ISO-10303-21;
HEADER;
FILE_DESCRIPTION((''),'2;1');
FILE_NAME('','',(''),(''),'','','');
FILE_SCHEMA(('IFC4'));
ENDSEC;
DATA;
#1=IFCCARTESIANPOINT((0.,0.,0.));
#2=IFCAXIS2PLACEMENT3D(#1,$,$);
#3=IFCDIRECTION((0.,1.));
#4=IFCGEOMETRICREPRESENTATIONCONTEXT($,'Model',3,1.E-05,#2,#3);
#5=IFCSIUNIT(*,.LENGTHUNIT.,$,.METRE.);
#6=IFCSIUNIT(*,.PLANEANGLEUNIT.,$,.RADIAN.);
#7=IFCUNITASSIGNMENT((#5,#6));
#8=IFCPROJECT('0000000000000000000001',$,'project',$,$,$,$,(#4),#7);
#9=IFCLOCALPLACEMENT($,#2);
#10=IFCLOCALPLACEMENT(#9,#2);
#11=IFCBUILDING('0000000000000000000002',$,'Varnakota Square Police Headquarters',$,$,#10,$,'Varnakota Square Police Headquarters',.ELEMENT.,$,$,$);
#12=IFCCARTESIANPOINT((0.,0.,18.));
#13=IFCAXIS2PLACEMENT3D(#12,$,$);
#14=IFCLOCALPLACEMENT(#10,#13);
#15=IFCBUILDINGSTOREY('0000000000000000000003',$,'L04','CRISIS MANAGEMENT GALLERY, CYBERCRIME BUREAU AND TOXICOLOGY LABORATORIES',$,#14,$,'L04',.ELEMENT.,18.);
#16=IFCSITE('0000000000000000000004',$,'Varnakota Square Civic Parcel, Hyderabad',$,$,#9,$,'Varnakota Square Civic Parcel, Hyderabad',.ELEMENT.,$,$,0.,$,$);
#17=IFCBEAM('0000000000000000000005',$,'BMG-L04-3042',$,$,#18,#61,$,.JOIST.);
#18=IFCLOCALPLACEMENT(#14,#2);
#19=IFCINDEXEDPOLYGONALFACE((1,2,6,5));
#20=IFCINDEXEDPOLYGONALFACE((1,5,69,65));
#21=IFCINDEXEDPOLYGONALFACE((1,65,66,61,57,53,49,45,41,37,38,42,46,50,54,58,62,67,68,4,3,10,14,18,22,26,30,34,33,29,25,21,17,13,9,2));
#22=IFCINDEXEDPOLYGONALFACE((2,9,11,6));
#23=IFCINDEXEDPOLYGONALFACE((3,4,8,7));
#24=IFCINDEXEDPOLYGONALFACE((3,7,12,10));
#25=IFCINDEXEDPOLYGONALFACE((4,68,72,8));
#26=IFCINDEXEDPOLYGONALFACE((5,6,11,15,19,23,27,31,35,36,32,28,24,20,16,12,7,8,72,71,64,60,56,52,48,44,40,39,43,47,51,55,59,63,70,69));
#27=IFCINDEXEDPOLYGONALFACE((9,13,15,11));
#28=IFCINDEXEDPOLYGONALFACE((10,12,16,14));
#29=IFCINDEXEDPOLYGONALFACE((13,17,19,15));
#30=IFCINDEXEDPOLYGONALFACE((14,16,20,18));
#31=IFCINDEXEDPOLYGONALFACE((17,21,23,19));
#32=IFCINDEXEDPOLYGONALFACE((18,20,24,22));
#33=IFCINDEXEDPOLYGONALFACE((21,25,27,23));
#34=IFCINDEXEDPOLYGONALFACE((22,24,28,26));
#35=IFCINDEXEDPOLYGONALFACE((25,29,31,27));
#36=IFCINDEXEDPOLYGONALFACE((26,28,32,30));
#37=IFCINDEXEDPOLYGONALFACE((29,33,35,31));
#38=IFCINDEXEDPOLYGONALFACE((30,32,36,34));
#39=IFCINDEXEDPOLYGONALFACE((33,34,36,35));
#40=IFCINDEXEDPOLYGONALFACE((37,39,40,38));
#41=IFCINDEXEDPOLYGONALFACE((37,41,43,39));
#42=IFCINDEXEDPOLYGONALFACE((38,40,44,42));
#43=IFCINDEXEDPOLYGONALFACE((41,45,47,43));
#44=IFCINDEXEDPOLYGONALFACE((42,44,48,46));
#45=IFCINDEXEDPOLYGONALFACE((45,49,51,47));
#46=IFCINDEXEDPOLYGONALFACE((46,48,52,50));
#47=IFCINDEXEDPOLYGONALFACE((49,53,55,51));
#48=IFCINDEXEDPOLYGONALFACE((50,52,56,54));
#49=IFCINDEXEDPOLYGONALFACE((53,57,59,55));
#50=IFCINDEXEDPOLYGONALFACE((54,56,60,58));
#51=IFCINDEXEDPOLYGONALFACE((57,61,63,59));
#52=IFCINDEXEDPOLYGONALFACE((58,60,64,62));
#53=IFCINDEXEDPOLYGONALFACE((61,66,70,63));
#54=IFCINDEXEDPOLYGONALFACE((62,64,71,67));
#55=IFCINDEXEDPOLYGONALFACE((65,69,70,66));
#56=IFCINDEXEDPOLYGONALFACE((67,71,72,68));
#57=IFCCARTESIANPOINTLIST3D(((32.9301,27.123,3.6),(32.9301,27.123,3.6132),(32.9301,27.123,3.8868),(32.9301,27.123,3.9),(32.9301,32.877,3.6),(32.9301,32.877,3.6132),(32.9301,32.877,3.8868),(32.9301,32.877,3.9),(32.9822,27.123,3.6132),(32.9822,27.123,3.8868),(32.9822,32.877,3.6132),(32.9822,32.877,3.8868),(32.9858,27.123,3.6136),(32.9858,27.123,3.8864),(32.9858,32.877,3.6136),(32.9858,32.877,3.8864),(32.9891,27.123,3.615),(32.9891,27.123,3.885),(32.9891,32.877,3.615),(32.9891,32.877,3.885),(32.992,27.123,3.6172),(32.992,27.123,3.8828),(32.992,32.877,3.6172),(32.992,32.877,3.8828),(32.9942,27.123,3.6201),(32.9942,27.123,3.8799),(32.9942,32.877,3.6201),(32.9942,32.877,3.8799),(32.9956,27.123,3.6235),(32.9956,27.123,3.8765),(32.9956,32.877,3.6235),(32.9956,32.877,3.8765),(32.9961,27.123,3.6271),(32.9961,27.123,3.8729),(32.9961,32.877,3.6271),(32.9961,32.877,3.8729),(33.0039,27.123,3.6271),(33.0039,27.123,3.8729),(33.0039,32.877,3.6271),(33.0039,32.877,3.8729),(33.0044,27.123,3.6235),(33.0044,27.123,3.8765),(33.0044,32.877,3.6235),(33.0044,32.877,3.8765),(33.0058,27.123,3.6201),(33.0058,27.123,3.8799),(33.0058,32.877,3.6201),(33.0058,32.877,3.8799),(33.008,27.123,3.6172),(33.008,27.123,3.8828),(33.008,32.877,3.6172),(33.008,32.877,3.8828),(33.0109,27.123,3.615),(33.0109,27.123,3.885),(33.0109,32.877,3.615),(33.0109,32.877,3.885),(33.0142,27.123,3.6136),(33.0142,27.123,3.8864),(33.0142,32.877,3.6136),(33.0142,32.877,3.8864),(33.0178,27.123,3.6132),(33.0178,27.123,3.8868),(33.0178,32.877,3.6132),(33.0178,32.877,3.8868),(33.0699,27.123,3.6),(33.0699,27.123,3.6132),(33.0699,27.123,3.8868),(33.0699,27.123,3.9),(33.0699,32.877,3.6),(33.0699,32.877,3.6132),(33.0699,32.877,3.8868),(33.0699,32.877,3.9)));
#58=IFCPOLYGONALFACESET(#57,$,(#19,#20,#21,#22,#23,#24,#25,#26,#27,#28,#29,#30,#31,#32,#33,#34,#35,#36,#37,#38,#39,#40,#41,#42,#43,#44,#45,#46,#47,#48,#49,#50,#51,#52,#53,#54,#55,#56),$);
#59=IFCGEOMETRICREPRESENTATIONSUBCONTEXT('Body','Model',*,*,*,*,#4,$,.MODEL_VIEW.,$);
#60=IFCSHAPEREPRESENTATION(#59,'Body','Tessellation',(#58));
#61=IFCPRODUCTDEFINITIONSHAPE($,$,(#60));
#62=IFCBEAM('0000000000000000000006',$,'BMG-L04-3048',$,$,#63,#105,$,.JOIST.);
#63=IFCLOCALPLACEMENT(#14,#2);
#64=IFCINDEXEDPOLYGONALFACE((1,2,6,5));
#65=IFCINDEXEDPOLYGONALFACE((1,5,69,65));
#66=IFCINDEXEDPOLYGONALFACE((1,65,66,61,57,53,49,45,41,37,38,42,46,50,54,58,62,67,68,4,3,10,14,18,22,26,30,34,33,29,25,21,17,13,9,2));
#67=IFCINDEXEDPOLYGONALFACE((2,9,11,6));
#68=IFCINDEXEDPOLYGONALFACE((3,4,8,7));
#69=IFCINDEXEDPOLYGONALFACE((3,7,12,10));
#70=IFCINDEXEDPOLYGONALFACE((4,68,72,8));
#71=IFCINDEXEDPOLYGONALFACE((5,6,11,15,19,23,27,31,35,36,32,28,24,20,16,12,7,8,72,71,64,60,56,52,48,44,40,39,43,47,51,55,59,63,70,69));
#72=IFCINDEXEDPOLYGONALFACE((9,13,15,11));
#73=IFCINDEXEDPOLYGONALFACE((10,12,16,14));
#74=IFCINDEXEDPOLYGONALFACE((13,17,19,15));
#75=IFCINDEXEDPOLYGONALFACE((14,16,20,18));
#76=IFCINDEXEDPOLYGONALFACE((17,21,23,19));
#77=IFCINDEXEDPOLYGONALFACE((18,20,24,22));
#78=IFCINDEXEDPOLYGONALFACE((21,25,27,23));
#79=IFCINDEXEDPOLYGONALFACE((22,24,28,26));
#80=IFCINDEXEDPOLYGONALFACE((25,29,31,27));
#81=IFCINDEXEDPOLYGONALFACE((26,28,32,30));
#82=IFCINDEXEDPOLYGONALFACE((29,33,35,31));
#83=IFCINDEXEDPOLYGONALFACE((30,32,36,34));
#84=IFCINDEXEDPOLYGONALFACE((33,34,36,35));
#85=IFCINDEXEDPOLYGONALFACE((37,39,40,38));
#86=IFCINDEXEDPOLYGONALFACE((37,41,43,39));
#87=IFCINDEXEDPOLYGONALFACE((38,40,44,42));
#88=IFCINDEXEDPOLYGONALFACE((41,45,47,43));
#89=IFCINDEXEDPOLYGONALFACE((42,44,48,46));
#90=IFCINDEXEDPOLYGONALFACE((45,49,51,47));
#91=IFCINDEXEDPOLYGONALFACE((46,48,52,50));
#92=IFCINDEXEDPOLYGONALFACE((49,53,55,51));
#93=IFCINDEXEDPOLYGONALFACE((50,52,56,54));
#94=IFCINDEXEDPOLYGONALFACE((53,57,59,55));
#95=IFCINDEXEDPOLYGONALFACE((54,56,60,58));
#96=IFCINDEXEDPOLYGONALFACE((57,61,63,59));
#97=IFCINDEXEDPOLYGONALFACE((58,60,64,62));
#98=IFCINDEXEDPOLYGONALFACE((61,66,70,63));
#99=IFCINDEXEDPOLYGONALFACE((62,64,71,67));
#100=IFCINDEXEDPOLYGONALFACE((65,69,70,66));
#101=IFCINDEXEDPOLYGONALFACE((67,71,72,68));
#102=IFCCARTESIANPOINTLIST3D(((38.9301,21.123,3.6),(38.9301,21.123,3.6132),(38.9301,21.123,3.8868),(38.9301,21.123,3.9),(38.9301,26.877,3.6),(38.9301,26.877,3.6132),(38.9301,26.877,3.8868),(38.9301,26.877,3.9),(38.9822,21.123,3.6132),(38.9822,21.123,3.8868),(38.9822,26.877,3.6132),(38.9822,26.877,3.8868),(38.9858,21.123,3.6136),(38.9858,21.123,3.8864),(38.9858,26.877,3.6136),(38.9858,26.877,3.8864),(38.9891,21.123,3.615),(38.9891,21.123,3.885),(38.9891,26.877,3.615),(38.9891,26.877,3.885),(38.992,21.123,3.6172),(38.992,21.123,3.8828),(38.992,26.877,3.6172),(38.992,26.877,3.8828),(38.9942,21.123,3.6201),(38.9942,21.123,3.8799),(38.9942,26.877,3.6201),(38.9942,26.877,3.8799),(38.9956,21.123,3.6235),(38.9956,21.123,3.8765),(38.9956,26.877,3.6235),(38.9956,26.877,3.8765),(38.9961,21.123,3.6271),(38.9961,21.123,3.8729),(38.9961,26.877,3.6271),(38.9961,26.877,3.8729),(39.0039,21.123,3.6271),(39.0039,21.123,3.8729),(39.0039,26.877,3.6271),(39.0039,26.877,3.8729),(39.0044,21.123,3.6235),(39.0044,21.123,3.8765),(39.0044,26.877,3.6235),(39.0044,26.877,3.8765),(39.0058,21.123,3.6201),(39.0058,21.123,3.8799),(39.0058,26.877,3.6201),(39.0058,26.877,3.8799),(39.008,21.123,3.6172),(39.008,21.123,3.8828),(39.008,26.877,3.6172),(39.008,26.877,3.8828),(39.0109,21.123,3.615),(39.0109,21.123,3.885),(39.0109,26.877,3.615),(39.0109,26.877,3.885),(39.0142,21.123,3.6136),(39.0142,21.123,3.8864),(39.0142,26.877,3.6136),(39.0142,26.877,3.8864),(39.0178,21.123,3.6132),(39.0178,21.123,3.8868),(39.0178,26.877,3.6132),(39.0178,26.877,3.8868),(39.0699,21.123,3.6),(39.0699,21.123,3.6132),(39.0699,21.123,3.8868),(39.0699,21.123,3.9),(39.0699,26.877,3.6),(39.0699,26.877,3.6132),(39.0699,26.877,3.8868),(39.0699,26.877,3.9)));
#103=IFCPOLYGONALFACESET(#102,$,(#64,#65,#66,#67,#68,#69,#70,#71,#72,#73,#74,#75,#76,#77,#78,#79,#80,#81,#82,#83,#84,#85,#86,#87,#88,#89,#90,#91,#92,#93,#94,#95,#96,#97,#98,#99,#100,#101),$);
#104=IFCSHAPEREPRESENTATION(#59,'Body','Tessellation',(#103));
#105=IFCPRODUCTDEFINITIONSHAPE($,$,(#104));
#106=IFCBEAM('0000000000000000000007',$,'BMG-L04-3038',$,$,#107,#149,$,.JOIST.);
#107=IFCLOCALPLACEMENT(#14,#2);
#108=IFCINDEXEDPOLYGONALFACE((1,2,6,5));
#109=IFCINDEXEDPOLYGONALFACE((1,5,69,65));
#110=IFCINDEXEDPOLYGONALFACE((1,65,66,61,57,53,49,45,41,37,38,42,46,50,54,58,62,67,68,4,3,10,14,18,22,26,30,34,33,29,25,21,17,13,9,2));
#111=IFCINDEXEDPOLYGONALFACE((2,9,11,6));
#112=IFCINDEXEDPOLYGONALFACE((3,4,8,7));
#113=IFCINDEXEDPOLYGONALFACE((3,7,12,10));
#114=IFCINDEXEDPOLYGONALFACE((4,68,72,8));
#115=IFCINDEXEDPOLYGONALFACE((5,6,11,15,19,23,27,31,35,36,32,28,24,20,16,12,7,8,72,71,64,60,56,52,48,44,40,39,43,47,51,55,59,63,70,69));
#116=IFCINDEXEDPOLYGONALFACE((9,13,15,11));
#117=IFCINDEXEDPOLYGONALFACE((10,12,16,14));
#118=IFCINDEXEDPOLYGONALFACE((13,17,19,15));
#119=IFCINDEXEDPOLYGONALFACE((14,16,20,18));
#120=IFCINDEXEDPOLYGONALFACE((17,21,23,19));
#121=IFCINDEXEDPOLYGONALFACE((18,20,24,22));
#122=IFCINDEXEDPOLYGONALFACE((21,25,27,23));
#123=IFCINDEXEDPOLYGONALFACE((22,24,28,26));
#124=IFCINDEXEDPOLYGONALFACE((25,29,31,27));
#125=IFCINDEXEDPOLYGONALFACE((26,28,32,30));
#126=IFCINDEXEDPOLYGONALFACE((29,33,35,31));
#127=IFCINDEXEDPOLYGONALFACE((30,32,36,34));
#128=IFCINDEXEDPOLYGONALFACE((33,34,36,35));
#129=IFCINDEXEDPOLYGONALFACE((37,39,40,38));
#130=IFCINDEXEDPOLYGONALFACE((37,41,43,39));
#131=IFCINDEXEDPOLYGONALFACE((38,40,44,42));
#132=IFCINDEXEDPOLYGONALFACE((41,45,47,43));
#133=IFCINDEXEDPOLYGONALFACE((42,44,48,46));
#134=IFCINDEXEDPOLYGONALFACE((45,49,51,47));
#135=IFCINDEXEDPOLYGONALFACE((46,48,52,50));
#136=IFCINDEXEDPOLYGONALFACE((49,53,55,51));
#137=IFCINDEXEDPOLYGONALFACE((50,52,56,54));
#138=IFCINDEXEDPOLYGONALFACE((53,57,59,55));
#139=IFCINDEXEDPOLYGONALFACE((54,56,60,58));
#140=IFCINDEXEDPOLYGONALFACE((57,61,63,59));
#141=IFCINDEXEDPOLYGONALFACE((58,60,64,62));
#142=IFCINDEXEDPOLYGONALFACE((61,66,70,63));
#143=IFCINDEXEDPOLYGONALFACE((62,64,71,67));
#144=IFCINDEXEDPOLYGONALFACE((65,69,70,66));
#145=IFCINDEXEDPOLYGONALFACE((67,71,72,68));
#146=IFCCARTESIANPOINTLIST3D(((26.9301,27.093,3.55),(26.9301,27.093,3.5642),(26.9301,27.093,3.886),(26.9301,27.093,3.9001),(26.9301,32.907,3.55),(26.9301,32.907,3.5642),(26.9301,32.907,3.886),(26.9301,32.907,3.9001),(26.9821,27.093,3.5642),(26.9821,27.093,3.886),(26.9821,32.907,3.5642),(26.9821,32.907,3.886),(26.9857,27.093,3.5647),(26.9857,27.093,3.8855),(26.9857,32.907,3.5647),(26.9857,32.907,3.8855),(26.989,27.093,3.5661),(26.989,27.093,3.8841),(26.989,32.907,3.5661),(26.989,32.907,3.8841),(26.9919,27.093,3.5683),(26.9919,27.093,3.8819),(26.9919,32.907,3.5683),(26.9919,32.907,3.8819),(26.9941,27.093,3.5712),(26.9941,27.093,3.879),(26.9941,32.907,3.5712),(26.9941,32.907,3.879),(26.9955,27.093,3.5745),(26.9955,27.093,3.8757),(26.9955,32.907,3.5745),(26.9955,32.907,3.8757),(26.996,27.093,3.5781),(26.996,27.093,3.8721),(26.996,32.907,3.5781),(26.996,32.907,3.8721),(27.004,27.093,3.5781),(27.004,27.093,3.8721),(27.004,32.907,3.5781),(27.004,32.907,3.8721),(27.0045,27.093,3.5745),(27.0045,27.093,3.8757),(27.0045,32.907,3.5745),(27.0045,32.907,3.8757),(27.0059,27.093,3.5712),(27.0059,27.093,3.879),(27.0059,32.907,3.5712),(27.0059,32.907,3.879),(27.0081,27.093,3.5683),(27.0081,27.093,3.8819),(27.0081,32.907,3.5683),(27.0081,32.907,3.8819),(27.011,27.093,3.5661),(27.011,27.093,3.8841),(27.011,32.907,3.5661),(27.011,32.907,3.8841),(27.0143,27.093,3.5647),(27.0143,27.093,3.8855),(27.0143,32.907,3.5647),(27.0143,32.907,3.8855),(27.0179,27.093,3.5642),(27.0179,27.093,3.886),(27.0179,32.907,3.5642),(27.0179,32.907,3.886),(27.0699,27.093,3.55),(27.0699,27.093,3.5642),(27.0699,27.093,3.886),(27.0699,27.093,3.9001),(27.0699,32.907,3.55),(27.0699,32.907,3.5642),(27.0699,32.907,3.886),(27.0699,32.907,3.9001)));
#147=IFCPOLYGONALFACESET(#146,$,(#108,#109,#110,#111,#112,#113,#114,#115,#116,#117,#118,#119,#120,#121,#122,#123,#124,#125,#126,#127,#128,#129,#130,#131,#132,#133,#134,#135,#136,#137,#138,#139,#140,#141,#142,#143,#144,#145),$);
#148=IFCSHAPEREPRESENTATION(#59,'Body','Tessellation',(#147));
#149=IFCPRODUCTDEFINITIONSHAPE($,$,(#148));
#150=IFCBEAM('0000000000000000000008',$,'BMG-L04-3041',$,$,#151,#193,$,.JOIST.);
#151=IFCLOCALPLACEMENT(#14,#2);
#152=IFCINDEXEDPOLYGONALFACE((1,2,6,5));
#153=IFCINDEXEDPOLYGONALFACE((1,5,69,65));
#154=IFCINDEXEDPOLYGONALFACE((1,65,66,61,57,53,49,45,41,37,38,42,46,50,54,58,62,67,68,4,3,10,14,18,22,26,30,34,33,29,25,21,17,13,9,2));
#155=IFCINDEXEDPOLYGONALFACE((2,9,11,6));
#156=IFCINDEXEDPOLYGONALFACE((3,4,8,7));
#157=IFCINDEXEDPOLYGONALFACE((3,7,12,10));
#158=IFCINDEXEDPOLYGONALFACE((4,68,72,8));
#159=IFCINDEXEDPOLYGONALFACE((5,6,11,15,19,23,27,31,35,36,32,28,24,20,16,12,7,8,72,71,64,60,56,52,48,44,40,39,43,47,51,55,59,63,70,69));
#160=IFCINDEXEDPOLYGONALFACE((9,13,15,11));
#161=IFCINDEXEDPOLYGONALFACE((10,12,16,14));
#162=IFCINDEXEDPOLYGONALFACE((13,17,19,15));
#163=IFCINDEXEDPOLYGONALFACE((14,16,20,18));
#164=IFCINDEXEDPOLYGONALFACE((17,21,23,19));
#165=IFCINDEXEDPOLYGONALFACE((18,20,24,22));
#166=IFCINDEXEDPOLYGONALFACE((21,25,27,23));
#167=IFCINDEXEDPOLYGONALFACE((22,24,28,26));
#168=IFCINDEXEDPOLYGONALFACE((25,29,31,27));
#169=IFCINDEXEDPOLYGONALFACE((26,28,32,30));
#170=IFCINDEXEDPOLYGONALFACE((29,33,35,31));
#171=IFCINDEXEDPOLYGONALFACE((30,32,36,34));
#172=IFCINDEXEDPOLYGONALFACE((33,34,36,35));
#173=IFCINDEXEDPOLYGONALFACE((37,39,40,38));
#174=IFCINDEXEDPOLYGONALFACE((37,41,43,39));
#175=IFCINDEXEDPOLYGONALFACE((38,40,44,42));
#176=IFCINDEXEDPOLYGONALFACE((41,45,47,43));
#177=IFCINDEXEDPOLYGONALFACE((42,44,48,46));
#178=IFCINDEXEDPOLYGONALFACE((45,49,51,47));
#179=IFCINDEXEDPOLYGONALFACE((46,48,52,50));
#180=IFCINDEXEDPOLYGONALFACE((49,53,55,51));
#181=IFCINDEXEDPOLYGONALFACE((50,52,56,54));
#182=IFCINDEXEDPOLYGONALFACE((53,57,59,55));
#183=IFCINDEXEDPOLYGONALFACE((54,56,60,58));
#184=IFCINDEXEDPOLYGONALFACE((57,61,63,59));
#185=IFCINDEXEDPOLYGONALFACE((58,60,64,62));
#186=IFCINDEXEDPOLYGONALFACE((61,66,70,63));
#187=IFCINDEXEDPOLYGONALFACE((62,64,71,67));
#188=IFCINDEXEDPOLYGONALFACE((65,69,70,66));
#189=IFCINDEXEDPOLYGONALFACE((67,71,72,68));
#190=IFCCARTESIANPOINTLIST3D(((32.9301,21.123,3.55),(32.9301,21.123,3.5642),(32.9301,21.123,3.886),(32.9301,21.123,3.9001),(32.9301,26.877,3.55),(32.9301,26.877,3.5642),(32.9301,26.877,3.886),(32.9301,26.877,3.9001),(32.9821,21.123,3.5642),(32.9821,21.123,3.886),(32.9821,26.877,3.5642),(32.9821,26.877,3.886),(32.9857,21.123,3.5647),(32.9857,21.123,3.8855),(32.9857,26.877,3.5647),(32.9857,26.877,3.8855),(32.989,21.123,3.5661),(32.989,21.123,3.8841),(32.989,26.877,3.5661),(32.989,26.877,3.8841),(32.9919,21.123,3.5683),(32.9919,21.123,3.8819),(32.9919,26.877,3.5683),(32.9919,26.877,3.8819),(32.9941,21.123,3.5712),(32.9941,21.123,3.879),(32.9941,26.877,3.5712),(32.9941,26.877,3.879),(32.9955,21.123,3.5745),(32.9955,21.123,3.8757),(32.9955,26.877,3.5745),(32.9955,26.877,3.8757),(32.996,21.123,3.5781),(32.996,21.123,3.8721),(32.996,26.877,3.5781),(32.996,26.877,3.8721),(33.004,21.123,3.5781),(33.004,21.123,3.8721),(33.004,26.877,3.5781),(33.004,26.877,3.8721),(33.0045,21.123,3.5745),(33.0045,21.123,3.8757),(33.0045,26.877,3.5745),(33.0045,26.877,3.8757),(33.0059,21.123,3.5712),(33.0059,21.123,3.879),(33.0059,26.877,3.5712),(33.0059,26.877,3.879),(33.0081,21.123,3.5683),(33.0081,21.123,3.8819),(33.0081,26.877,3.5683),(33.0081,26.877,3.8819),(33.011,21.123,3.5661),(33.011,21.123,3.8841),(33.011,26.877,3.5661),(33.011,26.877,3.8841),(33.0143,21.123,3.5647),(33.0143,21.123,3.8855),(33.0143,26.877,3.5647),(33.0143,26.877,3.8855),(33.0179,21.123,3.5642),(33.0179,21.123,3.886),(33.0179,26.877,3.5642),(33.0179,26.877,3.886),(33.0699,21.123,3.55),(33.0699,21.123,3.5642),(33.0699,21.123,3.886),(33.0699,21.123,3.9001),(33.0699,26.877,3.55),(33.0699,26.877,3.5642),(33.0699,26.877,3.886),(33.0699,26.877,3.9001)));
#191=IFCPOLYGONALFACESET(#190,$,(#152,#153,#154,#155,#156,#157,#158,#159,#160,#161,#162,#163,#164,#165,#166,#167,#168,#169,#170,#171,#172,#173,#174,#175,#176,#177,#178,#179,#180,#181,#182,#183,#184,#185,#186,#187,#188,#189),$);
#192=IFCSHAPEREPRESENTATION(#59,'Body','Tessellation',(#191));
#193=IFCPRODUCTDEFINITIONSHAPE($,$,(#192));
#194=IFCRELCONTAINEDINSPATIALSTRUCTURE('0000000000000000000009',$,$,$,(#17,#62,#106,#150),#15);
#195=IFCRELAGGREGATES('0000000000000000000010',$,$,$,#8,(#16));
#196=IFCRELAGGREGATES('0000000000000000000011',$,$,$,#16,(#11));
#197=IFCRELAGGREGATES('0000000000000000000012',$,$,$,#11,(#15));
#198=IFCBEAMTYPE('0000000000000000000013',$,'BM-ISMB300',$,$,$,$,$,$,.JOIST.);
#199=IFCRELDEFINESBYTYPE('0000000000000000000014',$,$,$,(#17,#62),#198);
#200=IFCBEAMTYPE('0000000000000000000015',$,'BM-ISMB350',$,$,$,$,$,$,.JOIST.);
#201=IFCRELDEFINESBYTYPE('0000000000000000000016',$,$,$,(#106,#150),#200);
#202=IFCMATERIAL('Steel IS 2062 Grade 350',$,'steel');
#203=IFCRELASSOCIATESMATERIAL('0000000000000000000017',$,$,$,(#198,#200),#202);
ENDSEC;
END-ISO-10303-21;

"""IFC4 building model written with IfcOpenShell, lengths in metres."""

from ifc_helpers import new_model, si_unit, direction, frame, origin, origin_2d, place, context, subcontext, project, spatial, i_section, extrude, material, material_profile, profile_set, type_object, element, save


model = new_model("IFC4")

# Units and contexts
model_context = context("Model", 3, precision=1e-05, world=origin(), true_north=direction((0.0, 1.0)))
body_context = subcontext(model_context, "Body", "Model", "MODEL_VIEW")
ifc_project = project(units=[si_unit("LENGTHUNIT", "METRE"), si_unit("PLANEANGLEUNIT", "RADIAN")], contexts=[model_context])

# Site, building, storey
site_placement = place(None, origin())
site = spatial("IfcSite", under=ifc_project, at=site_placement, Name="Varnakota Square Civic Parcel, Hyderabad", LongName="Varnakota Square Civic Parcel, Hyderabad", CompositionType="ELEMENT", RefElevation=0.0)
building_placement = place(site_placement, origin())
building = spatial("IfcBuilding", under=site, at=building_placement, Name="Varnakota Square Police Headquarters", LongName="Varnakota Square Police Headquarters", CompositionType="ELEMENT")
storey_placement = place(building_placement, frame((0.0, 0.0, 18.0)))
storey = spatial("IfcBuildingStorey", under=building, at=storey_placement, Name="L04", Description="CRISIS MANAGEMENT GALLERY, CYBERCRIME BUREAU AND TOXICOLOGY LABORATORIES", LongName="L04", CompositionType="ELEMENT", Elevation=18.0)

# Shared definitions
ifc_material = material(Name="Steel IS 2062 Grade 350", Category="steel")

# Beams
ifc_material_profile_1 = material_profile(ifc_material, i_section(OverallWidth=0.1399, OverallDepth=0.3, WebThickness=0.0078, FlangeThickness=0.0132, FilletRadius=0.0139, at=origin_2d()), Name="ISMB 300")
ifc_profile_set_1 = profile_set([ifc_material_profile_1], Name="Steel IS 2062 Grade 350")
beam_type_1 = type_object("IfcBeamType", Name="BM-ISMB300", PredefinedType="JOIST", material=ifc_profile_set_1)
for number, where, z_axis, x_axis, name in (
    (1, (33.0, 27.123, 3.75), (0.0, 1.0, 0.0), (-1.0, 0.0, 0.0), "BMG-L04-3042"),
    (2, (39.0, 21.123, 3.75), (0.0, 1.0, 0.0), (-1.0, 0.0, 0.0), "BMG-L04-3048"),
):
    element("IfcBeam", number, at=place(storey_placement, frame(where, z_axis=z_axis, x_axis=x_axis)), inside=storey, type_object=beam_type_1, Name=name, PredefinedType="JOIST", context=body_context, shape_type="SweptSolid", body=[
        extrude(i_section(OverallWidth=0.1399, OverallDepth=0.3, WebThickness=0.0078, FlangeThickness=0.0132, FilletRadius=0.0139, at=origin_2d()), origin(), (0.0, 0.0, 1.0), 5.7539),
    ])
ifc_material_profile_2 = material_profile(ifc_material, i_section(OverallWidth=0.1399, OverallDepth=0.3501, WebThickness=0.0081, FlangeThickness=0.0142, FilletRadius=0.0139, at=origin_2d()), Name="ISMB 350")
ifc_profile_set_2 = profile_set([ifc_material_profile_2], Name="Steel IS 2062 Grade 350")
beam_type_2 = type_object("IfcBeamType", Name="BM-ISMB350", PredefinedType="JOIST", material=ifc_profile_set_2)
beam_1_placement = place(storey_placement, frame((27.0, 27.093, 3.7251), z_axis=(0.0, 1.0, 0.0), x_axis=(-1.0, 0.0, 0.0)))
element("IfcBeam", 3, at=beam_1_placement, inside=storey, type_object=beam_type_2, Name="BMG-L04-3038", PredefinedType="JOIST", context=body_context, shape_type="SweptSolid", body=[
    extrude(i_section(OverallWidth=0.1399, OverallDepth=0.3501, WebThickness=0.0081, FlangeThickness=0.0142, FilletRadius=0.0139, at=origin_2d()), origin(), (0.0, 0.0, 1.0), 5.814),
])
beam_2_placement = place(storey_placement, frame((33.0, 21.123, 3.7251), z_axis=(0.0, 1.0, 0.0), x_axis=(-1.0, 0.0, 0.0)))
element("IfcBeam", 4, at=beam_2_placement, inside=storey, type_object=beam_type_2, Name="BMG-L04-3041", PredefinedType="JOIST", context=body_context, shape_type="SweptSolid", body=[
    extrude(i_section(OverallWidth=0.1399, OverallDepth=0.3501, WebThickness=0.0081, FlangeThickness=0.0142, FilletRadius=0.0139, at=origin_2d()), origin(), (0.0, 0.0, 1.0), 5.7539),
])

save(model, "model.ifc")
